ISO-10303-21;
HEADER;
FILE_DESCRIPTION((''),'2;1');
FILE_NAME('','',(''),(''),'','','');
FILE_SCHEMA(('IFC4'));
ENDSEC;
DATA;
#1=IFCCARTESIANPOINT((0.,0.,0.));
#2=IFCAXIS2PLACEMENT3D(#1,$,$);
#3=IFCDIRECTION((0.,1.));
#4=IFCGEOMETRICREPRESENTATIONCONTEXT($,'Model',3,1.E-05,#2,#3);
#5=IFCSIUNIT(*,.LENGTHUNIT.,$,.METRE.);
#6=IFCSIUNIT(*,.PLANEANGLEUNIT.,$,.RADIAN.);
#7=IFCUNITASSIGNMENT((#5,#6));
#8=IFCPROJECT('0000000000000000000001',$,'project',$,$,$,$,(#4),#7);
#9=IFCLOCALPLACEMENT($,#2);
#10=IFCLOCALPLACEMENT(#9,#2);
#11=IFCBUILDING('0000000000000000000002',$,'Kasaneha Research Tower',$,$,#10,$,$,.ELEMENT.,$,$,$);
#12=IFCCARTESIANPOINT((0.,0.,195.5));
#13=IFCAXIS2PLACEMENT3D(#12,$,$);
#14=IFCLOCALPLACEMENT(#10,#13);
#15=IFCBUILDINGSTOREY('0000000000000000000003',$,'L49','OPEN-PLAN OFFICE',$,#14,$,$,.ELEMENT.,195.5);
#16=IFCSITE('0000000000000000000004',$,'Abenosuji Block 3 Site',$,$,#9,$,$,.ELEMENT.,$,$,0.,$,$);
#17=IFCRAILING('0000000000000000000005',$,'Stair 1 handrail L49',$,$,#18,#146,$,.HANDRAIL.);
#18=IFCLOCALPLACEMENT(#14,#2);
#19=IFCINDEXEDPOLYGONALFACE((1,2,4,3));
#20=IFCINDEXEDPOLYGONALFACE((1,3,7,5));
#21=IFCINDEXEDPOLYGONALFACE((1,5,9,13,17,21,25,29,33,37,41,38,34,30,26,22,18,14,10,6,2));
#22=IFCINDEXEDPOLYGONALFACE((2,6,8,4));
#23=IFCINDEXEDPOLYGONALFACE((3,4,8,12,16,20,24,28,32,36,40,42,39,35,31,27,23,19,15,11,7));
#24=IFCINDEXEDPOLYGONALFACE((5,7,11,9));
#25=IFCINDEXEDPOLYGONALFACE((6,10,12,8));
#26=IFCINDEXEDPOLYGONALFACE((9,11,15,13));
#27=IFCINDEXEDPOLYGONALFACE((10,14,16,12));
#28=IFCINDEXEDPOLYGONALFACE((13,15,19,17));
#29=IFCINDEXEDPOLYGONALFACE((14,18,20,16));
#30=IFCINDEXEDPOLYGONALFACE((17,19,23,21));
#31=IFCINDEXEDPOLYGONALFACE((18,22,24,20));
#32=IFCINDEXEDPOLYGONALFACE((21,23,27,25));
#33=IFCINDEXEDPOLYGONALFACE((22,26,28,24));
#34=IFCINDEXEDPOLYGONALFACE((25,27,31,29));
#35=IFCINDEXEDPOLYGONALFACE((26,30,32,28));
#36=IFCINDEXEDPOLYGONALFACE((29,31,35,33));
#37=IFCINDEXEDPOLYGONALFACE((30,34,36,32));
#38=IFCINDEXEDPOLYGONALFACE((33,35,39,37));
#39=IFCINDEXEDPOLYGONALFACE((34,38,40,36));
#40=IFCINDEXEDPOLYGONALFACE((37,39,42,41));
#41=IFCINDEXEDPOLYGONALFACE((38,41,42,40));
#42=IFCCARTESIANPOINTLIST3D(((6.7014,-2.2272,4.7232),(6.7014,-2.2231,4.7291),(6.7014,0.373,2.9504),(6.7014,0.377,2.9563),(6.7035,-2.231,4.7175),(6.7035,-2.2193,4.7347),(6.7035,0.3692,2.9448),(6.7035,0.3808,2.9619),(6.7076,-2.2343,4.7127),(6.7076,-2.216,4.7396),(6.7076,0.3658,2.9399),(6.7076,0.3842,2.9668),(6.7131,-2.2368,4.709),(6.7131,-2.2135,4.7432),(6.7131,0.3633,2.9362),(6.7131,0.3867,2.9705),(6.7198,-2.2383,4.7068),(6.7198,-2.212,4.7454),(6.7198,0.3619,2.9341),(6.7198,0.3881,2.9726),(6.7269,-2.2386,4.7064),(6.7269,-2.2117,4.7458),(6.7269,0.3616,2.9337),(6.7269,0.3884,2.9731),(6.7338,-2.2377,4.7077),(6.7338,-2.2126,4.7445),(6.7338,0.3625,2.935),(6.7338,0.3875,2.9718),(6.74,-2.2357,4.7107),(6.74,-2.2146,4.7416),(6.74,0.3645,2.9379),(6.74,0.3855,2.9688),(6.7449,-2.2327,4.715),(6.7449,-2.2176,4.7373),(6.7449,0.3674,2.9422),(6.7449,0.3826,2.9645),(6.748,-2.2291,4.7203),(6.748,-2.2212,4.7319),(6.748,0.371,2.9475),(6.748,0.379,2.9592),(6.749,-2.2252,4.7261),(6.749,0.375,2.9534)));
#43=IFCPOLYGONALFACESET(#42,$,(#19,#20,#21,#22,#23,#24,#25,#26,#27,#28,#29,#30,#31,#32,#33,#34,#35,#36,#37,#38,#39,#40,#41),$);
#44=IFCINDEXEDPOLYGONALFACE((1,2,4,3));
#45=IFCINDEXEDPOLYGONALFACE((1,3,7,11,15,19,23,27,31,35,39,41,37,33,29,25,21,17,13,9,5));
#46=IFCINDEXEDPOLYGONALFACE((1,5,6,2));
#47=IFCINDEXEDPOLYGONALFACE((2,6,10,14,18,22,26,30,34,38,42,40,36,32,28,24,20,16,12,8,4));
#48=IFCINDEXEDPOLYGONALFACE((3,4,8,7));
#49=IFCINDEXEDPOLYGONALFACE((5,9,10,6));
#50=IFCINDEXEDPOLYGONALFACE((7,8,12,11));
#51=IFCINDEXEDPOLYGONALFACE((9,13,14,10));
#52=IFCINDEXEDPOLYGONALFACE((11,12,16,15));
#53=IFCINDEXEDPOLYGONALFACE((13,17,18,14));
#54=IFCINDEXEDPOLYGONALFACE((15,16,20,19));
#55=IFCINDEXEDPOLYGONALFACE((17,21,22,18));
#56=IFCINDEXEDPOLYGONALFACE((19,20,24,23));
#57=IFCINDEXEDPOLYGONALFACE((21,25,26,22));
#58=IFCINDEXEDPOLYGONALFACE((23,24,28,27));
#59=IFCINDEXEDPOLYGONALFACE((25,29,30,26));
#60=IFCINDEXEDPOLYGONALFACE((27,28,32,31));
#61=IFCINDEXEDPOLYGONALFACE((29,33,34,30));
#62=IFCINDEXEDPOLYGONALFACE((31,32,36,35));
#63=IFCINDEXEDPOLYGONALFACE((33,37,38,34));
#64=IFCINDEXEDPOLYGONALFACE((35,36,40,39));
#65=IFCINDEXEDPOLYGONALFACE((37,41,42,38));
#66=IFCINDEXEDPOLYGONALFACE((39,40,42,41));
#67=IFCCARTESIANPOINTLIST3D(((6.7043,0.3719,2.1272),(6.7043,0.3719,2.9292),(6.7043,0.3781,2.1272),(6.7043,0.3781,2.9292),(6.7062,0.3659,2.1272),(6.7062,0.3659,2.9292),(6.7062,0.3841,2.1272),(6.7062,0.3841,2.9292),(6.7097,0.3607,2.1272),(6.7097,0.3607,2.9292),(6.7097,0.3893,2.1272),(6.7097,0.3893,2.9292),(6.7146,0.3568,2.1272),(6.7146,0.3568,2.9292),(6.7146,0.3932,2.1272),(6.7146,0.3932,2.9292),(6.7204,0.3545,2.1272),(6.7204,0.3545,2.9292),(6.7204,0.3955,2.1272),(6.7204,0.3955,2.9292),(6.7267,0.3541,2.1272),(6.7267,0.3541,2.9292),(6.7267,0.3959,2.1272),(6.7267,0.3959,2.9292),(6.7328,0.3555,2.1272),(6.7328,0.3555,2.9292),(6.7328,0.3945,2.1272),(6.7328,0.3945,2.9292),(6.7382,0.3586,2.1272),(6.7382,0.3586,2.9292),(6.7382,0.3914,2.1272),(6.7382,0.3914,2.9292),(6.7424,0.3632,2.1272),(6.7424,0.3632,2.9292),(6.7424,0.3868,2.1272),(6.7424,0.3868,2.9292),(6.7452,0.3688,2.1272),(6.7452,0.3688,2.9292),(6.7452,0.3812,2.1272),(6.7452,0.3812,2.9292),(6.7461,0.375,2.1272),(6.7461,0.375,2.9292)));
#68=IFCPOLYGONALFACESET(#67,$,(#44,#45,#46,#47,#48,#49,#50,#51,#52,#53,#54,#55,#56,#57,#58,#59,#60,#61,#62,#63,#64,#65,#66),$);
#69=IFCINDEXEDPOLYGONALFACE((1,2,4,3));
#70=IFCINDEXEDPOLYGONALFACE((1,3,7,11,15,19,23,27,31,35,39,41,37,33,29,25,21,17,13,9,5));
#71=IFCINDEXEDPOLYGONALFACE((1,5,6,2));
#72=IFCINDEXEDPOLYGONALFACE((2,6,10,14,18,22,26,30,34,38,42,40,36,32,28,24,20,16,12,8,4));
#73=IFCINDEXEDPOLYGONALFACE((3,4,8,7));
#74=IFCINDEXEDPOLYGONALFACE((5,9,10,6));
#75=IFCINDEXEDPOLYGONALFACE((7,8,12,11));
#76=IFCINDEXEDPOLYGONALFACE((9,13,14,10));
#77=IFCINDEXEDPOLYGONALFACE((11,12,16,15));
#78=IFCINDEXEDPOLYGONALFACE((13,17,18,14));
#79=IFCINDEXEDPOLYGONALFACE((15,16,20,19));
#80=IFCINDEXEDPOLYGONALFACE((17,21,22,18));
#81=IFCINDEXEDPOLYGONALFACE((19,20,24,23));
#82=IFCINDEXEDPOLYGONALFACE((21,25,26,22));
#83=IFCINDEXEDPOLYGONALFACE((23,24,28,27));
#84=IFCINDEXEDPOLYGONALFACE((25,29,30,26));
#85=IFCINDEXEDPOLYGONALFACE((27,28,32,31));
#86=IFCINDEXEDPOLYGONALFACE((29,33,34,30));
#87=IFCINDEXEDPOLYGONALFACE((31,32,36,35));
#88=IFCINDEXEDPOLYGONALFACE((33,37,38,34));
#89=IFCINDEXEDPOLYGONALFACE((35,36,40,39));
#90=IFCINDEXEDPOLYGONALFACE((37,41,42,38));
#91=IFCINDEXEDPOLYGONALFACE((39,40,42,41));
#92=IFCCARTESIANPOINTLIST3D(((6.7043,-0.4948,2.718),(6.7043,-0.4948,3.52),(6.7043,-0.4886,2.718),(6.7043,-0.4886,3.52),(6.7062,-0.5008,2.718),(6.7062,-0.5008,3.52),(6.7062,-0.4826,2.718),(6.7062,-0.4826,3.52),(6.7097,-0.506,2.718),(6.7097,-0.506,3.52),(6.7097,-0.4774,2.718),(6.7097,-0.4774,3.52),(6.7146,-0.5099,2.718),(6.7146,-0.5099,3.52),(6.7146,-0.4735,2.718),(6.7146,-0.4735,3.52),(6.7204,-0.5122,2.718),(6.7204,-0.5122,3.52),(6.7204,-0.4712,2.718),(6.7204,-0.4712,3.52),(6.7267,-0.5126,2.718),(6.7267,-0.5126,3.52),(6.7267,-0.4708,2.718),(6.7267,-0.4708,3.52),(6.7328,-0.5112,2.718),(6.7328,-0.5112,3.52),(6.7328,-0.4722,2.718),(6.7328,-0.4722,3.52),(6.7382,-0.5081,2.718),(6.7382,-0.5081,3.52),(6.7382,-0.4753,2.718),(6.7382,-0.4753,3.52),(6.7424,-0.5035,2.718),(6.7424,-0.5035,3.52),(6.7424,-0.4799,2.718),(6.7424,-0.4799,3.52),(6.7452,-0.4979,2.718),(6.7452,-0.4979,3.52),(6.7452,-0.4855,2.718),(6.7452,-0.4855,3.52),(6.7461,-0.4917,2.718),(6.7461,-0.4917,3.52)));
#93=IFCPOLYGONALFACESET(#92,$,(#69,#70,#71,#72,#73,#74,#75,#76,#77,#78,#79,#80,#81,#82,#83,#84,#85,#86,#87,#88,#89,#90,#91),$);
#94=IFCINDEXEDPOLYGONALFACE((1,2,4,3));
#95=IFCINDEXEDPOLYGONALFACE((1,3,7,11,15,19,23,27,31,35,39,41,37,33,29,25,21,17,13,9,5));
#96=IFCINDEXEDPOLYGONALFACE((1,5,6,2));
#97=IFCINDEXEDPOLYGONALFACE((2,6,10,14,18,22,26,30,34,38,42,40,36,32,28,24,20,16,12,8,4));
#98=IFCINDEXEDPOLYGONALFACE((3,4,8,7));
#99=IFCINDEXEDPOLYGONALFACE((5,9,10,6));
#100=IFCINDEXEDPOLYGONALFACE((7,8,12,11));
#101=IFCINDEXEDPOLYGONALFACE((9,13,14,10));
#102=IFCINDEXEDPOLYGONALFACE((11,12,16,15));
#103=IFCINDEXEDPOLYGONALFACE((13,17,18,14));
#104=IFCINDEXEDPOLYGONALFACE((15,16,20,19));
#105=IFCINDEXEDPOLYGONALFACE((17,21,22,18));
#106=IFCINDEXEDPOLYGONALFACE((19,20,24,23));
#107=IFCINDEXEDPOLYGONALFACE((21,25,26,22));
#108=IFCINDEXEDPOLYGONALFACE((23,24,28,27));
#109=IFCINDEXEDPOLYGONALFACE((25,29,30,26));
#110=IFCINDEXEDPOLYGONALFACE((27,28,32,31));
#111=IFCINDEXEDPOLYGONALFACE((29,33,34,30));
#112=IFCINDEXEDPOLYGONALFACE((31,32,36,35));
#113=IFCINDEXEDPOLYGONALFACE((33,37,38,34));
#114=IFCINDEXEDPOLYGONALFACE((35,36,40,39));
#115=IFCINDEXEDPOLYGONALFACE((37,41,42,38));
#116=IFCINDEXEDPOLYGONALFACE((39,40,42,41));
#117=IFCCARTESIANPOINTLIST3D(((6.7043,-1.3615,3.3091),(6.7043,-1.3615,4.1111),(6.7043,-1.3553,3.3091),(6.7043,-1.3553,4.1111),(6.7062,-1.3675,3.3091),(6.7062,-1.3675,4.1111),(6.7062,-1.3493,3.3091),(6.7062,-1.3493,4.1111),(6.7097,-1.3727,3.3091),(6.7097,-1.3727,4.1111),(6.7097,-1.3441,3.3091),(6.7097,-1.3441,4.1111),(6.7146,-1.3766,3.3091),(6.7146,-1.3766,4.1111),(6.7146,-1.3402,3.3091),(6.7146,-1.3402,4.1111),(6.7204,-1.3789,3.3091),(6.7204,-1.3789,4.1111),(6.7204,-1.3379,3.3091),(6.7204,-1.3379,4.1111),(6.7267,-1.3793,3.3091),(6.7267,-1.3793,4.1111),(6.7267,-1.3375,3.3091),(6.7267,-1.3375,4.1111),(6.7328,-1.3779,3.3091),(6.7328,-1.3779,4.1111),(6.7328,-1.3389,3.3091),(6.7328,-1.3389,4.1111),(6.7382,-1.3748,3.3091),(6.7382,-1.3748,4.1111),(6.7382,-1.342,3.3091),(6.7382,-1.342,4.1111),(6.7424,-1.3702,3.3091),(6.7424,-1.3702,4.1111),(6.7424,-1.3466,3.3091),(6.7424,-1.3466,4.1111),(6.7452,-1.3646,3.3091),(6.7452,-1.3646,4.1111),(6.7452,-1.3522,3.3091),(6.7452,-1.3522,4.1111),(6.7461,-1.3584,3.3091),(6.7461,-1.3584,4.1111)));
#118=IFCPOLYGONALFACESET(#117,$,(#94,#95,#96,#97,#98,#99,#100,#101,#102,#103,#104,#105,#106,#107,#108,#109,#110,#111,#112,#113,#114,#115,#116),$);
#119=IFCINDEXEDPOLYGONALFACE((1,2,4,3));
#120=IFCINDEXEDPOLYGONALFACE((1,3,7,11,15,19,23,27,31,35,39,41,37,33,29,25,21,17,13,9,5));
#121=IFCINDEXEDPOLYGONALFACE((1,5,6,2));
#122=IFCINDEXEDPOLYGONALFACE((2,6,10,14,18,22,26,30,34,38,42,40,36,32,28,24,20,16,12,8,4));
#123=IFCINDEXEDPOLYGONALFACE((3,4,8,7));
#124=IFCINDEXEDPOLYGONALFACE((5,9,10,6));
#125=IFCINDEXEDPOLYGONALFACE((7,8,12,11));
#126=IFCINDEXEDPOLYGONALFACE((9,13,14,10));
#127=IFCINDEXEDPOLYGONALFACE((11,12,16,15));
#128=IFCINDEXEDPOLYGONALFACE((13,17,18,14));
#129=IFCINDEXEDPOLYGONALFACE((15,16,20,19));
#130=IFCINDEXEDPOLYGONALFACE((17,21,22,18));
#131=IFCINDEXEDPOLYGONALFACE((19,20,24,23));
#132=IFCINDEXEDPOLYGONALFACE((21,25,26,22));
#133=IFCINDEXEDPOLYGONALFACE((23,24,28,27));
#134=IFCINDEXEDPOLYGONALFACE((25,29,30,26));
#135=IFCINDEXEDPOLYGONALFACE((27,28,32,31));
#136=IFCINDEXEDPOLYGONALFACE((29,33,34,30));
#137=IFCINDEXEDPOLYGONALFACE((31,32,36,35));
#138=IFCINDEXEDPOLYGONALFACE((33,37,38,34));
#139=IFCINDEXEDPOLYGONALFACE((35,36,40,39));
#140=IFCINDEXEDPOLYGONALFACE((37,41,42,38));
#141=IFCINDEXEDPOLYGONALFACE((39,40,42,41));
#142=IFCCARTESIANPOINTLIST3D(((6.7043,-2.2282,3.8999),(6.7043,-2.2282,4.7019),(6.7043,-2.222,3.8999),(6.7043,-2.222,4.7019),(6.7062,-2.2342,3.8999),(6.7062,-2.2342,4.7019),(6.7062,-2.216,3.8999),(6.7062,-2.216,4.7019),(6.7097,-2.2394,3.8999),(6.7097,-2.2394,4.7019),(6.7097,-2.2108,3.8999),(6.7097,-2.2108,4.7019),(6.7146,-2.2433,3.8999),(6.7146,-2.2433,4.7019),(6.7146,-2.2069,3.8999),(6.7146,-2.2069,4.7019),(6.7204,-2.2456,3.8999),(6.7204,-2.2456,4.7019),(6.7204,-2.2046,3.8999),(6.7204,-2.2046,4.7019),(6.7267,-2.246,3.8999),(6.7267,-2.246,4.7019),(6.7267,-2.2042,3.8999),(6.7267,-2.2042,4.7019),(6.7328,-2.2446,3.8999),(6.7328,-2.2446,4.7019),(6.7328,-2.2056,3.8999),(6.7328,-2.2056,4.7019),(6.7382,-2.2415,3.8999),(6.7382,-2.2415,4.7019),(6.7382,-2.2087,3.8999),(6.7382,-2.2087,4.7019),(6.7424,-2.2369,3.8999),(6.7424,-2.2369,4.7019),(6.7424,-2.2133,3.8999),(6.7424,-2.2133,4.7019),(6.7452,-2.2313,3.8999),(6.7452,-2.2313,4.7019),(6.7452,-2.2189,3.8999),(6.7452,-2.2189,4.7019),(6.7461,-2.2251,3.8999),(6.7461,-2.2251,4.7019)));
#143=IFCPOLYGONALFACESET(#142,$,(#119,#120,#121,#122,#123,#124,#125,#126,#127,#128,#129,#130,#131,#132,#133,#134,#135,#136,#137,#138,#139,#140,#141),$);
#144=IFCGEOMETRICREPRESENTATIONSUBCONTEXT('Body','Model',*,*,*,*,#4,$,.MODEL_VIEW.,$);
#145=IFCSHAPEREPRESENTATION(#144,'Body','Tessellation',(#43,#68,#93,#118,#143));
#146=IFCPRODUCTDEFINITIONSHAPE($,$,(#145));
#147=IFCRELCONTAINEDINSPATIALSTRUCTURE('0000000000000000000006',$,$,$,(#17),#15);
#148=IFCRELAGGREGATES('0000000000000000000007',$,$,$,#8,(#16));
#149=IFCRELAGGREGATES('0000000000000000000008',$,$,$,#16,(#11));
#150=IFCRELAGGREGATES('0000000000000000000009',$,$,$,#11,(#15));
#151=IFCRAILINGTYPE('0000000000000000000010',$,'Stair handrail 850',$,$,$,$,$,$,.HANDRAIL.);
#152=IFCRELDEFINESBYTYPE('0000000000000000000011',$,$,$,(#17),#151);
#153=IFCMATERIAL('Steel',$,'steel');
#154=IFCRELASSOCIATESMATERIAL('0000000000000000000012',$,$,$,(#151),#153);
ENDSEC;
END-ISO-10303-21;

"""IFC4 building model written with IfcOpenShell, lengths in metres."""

from ifc_helpers import new_model, si_unit, direction, frame, origin, origin_2d, place, context, subcontext, project, spatial, circle, extrude, material, type_object, element, save


model = new_model("IFC4")

# Units and contexts
model_context = context("Model", 3, precision=1e-05, world=origin(), true_north=direction((0.0, 1.0)))
body_context = subcontext(model_context, "Body", "Model", "MODEL_VIEW")
ifc_project = project(units=[si_unit("LENGTHUNIT", "METRE"), si_unit("PLANEANGLEUNIT", "RADIAN")], contexts=[model_context])

# Site, building, storey
site_placement = place(None, origin())
site = spatial("IfcSite", under=ifc_project, at=site_placement, Name="Abenosuji Block 3 Site", CompositionType="ELEMENT", RefElevation=0.0)
building_placement = place(site_placement, origin())
building = spatial("IfcBuilding", under=site, at=building_placement, Name="Kasaneha Research Tower", CompositionType="ELEMENT")
storey_placement = place(building_placement, frame((0.0, 0.0, 195.5)))
storey = spatial("IfcBuildingStorey", under=building, at=storey_placement, Name="L49", Description="OPEN-PLAN OFFICE", CompositionType="ELEMENT", Elevation=195.5)

# Railing
ifc_material_1 = material(Name="Steel", Category="steel")
railing_type = type_object("IfcRailingType", Name="Stair handrail 850", PredefinedType="HANDRAIL", material=ifc_material_1)
railing_placement = place(storey_placement, frame((6.7251, 0.375, 2.1272)))
element("IfcRailing", 1, at=railing_placement, inside=storey, type_object=railing_type, Name="Stair 1 handrail L49", PredefinedType="HANDRAIL", context=body_context, shape_type="SweptSolid", body=[
    extrude(circle(Radius=0.0239, at=origin_2d()), frame((0.0, 0.0, 0.8262), z_axis=(0.0, -0.82624, 0.563318), x_axis=(1.0, 0.0, 0.0)), (0.0, 0.0, 1.0), 3.147),
    extrude(circle(Radius=0.021, at=origin_2d()), origin(), (0.0, 0.0, 1.0), 0.802),
    extrude(circle(Radius=0.021, at=origin_2d()), frame((0.0, -0.8667, 0.5908)), (0.0, 0.0, 1.0), 0.802),
    extrude(circle(Radius=0.021, at=origin_2d()), frame((0.0, -1.7334, 1.1819)), (0.0, 0.0, 1.0), 0.802),
    extrude(circle(Radius=0.021, at=origin_2d()), frame((0.0, -2.6001, 1.7727)), (0.0, 0.0, 1.0), 0.802),
])

save(model, "model.ifc")
